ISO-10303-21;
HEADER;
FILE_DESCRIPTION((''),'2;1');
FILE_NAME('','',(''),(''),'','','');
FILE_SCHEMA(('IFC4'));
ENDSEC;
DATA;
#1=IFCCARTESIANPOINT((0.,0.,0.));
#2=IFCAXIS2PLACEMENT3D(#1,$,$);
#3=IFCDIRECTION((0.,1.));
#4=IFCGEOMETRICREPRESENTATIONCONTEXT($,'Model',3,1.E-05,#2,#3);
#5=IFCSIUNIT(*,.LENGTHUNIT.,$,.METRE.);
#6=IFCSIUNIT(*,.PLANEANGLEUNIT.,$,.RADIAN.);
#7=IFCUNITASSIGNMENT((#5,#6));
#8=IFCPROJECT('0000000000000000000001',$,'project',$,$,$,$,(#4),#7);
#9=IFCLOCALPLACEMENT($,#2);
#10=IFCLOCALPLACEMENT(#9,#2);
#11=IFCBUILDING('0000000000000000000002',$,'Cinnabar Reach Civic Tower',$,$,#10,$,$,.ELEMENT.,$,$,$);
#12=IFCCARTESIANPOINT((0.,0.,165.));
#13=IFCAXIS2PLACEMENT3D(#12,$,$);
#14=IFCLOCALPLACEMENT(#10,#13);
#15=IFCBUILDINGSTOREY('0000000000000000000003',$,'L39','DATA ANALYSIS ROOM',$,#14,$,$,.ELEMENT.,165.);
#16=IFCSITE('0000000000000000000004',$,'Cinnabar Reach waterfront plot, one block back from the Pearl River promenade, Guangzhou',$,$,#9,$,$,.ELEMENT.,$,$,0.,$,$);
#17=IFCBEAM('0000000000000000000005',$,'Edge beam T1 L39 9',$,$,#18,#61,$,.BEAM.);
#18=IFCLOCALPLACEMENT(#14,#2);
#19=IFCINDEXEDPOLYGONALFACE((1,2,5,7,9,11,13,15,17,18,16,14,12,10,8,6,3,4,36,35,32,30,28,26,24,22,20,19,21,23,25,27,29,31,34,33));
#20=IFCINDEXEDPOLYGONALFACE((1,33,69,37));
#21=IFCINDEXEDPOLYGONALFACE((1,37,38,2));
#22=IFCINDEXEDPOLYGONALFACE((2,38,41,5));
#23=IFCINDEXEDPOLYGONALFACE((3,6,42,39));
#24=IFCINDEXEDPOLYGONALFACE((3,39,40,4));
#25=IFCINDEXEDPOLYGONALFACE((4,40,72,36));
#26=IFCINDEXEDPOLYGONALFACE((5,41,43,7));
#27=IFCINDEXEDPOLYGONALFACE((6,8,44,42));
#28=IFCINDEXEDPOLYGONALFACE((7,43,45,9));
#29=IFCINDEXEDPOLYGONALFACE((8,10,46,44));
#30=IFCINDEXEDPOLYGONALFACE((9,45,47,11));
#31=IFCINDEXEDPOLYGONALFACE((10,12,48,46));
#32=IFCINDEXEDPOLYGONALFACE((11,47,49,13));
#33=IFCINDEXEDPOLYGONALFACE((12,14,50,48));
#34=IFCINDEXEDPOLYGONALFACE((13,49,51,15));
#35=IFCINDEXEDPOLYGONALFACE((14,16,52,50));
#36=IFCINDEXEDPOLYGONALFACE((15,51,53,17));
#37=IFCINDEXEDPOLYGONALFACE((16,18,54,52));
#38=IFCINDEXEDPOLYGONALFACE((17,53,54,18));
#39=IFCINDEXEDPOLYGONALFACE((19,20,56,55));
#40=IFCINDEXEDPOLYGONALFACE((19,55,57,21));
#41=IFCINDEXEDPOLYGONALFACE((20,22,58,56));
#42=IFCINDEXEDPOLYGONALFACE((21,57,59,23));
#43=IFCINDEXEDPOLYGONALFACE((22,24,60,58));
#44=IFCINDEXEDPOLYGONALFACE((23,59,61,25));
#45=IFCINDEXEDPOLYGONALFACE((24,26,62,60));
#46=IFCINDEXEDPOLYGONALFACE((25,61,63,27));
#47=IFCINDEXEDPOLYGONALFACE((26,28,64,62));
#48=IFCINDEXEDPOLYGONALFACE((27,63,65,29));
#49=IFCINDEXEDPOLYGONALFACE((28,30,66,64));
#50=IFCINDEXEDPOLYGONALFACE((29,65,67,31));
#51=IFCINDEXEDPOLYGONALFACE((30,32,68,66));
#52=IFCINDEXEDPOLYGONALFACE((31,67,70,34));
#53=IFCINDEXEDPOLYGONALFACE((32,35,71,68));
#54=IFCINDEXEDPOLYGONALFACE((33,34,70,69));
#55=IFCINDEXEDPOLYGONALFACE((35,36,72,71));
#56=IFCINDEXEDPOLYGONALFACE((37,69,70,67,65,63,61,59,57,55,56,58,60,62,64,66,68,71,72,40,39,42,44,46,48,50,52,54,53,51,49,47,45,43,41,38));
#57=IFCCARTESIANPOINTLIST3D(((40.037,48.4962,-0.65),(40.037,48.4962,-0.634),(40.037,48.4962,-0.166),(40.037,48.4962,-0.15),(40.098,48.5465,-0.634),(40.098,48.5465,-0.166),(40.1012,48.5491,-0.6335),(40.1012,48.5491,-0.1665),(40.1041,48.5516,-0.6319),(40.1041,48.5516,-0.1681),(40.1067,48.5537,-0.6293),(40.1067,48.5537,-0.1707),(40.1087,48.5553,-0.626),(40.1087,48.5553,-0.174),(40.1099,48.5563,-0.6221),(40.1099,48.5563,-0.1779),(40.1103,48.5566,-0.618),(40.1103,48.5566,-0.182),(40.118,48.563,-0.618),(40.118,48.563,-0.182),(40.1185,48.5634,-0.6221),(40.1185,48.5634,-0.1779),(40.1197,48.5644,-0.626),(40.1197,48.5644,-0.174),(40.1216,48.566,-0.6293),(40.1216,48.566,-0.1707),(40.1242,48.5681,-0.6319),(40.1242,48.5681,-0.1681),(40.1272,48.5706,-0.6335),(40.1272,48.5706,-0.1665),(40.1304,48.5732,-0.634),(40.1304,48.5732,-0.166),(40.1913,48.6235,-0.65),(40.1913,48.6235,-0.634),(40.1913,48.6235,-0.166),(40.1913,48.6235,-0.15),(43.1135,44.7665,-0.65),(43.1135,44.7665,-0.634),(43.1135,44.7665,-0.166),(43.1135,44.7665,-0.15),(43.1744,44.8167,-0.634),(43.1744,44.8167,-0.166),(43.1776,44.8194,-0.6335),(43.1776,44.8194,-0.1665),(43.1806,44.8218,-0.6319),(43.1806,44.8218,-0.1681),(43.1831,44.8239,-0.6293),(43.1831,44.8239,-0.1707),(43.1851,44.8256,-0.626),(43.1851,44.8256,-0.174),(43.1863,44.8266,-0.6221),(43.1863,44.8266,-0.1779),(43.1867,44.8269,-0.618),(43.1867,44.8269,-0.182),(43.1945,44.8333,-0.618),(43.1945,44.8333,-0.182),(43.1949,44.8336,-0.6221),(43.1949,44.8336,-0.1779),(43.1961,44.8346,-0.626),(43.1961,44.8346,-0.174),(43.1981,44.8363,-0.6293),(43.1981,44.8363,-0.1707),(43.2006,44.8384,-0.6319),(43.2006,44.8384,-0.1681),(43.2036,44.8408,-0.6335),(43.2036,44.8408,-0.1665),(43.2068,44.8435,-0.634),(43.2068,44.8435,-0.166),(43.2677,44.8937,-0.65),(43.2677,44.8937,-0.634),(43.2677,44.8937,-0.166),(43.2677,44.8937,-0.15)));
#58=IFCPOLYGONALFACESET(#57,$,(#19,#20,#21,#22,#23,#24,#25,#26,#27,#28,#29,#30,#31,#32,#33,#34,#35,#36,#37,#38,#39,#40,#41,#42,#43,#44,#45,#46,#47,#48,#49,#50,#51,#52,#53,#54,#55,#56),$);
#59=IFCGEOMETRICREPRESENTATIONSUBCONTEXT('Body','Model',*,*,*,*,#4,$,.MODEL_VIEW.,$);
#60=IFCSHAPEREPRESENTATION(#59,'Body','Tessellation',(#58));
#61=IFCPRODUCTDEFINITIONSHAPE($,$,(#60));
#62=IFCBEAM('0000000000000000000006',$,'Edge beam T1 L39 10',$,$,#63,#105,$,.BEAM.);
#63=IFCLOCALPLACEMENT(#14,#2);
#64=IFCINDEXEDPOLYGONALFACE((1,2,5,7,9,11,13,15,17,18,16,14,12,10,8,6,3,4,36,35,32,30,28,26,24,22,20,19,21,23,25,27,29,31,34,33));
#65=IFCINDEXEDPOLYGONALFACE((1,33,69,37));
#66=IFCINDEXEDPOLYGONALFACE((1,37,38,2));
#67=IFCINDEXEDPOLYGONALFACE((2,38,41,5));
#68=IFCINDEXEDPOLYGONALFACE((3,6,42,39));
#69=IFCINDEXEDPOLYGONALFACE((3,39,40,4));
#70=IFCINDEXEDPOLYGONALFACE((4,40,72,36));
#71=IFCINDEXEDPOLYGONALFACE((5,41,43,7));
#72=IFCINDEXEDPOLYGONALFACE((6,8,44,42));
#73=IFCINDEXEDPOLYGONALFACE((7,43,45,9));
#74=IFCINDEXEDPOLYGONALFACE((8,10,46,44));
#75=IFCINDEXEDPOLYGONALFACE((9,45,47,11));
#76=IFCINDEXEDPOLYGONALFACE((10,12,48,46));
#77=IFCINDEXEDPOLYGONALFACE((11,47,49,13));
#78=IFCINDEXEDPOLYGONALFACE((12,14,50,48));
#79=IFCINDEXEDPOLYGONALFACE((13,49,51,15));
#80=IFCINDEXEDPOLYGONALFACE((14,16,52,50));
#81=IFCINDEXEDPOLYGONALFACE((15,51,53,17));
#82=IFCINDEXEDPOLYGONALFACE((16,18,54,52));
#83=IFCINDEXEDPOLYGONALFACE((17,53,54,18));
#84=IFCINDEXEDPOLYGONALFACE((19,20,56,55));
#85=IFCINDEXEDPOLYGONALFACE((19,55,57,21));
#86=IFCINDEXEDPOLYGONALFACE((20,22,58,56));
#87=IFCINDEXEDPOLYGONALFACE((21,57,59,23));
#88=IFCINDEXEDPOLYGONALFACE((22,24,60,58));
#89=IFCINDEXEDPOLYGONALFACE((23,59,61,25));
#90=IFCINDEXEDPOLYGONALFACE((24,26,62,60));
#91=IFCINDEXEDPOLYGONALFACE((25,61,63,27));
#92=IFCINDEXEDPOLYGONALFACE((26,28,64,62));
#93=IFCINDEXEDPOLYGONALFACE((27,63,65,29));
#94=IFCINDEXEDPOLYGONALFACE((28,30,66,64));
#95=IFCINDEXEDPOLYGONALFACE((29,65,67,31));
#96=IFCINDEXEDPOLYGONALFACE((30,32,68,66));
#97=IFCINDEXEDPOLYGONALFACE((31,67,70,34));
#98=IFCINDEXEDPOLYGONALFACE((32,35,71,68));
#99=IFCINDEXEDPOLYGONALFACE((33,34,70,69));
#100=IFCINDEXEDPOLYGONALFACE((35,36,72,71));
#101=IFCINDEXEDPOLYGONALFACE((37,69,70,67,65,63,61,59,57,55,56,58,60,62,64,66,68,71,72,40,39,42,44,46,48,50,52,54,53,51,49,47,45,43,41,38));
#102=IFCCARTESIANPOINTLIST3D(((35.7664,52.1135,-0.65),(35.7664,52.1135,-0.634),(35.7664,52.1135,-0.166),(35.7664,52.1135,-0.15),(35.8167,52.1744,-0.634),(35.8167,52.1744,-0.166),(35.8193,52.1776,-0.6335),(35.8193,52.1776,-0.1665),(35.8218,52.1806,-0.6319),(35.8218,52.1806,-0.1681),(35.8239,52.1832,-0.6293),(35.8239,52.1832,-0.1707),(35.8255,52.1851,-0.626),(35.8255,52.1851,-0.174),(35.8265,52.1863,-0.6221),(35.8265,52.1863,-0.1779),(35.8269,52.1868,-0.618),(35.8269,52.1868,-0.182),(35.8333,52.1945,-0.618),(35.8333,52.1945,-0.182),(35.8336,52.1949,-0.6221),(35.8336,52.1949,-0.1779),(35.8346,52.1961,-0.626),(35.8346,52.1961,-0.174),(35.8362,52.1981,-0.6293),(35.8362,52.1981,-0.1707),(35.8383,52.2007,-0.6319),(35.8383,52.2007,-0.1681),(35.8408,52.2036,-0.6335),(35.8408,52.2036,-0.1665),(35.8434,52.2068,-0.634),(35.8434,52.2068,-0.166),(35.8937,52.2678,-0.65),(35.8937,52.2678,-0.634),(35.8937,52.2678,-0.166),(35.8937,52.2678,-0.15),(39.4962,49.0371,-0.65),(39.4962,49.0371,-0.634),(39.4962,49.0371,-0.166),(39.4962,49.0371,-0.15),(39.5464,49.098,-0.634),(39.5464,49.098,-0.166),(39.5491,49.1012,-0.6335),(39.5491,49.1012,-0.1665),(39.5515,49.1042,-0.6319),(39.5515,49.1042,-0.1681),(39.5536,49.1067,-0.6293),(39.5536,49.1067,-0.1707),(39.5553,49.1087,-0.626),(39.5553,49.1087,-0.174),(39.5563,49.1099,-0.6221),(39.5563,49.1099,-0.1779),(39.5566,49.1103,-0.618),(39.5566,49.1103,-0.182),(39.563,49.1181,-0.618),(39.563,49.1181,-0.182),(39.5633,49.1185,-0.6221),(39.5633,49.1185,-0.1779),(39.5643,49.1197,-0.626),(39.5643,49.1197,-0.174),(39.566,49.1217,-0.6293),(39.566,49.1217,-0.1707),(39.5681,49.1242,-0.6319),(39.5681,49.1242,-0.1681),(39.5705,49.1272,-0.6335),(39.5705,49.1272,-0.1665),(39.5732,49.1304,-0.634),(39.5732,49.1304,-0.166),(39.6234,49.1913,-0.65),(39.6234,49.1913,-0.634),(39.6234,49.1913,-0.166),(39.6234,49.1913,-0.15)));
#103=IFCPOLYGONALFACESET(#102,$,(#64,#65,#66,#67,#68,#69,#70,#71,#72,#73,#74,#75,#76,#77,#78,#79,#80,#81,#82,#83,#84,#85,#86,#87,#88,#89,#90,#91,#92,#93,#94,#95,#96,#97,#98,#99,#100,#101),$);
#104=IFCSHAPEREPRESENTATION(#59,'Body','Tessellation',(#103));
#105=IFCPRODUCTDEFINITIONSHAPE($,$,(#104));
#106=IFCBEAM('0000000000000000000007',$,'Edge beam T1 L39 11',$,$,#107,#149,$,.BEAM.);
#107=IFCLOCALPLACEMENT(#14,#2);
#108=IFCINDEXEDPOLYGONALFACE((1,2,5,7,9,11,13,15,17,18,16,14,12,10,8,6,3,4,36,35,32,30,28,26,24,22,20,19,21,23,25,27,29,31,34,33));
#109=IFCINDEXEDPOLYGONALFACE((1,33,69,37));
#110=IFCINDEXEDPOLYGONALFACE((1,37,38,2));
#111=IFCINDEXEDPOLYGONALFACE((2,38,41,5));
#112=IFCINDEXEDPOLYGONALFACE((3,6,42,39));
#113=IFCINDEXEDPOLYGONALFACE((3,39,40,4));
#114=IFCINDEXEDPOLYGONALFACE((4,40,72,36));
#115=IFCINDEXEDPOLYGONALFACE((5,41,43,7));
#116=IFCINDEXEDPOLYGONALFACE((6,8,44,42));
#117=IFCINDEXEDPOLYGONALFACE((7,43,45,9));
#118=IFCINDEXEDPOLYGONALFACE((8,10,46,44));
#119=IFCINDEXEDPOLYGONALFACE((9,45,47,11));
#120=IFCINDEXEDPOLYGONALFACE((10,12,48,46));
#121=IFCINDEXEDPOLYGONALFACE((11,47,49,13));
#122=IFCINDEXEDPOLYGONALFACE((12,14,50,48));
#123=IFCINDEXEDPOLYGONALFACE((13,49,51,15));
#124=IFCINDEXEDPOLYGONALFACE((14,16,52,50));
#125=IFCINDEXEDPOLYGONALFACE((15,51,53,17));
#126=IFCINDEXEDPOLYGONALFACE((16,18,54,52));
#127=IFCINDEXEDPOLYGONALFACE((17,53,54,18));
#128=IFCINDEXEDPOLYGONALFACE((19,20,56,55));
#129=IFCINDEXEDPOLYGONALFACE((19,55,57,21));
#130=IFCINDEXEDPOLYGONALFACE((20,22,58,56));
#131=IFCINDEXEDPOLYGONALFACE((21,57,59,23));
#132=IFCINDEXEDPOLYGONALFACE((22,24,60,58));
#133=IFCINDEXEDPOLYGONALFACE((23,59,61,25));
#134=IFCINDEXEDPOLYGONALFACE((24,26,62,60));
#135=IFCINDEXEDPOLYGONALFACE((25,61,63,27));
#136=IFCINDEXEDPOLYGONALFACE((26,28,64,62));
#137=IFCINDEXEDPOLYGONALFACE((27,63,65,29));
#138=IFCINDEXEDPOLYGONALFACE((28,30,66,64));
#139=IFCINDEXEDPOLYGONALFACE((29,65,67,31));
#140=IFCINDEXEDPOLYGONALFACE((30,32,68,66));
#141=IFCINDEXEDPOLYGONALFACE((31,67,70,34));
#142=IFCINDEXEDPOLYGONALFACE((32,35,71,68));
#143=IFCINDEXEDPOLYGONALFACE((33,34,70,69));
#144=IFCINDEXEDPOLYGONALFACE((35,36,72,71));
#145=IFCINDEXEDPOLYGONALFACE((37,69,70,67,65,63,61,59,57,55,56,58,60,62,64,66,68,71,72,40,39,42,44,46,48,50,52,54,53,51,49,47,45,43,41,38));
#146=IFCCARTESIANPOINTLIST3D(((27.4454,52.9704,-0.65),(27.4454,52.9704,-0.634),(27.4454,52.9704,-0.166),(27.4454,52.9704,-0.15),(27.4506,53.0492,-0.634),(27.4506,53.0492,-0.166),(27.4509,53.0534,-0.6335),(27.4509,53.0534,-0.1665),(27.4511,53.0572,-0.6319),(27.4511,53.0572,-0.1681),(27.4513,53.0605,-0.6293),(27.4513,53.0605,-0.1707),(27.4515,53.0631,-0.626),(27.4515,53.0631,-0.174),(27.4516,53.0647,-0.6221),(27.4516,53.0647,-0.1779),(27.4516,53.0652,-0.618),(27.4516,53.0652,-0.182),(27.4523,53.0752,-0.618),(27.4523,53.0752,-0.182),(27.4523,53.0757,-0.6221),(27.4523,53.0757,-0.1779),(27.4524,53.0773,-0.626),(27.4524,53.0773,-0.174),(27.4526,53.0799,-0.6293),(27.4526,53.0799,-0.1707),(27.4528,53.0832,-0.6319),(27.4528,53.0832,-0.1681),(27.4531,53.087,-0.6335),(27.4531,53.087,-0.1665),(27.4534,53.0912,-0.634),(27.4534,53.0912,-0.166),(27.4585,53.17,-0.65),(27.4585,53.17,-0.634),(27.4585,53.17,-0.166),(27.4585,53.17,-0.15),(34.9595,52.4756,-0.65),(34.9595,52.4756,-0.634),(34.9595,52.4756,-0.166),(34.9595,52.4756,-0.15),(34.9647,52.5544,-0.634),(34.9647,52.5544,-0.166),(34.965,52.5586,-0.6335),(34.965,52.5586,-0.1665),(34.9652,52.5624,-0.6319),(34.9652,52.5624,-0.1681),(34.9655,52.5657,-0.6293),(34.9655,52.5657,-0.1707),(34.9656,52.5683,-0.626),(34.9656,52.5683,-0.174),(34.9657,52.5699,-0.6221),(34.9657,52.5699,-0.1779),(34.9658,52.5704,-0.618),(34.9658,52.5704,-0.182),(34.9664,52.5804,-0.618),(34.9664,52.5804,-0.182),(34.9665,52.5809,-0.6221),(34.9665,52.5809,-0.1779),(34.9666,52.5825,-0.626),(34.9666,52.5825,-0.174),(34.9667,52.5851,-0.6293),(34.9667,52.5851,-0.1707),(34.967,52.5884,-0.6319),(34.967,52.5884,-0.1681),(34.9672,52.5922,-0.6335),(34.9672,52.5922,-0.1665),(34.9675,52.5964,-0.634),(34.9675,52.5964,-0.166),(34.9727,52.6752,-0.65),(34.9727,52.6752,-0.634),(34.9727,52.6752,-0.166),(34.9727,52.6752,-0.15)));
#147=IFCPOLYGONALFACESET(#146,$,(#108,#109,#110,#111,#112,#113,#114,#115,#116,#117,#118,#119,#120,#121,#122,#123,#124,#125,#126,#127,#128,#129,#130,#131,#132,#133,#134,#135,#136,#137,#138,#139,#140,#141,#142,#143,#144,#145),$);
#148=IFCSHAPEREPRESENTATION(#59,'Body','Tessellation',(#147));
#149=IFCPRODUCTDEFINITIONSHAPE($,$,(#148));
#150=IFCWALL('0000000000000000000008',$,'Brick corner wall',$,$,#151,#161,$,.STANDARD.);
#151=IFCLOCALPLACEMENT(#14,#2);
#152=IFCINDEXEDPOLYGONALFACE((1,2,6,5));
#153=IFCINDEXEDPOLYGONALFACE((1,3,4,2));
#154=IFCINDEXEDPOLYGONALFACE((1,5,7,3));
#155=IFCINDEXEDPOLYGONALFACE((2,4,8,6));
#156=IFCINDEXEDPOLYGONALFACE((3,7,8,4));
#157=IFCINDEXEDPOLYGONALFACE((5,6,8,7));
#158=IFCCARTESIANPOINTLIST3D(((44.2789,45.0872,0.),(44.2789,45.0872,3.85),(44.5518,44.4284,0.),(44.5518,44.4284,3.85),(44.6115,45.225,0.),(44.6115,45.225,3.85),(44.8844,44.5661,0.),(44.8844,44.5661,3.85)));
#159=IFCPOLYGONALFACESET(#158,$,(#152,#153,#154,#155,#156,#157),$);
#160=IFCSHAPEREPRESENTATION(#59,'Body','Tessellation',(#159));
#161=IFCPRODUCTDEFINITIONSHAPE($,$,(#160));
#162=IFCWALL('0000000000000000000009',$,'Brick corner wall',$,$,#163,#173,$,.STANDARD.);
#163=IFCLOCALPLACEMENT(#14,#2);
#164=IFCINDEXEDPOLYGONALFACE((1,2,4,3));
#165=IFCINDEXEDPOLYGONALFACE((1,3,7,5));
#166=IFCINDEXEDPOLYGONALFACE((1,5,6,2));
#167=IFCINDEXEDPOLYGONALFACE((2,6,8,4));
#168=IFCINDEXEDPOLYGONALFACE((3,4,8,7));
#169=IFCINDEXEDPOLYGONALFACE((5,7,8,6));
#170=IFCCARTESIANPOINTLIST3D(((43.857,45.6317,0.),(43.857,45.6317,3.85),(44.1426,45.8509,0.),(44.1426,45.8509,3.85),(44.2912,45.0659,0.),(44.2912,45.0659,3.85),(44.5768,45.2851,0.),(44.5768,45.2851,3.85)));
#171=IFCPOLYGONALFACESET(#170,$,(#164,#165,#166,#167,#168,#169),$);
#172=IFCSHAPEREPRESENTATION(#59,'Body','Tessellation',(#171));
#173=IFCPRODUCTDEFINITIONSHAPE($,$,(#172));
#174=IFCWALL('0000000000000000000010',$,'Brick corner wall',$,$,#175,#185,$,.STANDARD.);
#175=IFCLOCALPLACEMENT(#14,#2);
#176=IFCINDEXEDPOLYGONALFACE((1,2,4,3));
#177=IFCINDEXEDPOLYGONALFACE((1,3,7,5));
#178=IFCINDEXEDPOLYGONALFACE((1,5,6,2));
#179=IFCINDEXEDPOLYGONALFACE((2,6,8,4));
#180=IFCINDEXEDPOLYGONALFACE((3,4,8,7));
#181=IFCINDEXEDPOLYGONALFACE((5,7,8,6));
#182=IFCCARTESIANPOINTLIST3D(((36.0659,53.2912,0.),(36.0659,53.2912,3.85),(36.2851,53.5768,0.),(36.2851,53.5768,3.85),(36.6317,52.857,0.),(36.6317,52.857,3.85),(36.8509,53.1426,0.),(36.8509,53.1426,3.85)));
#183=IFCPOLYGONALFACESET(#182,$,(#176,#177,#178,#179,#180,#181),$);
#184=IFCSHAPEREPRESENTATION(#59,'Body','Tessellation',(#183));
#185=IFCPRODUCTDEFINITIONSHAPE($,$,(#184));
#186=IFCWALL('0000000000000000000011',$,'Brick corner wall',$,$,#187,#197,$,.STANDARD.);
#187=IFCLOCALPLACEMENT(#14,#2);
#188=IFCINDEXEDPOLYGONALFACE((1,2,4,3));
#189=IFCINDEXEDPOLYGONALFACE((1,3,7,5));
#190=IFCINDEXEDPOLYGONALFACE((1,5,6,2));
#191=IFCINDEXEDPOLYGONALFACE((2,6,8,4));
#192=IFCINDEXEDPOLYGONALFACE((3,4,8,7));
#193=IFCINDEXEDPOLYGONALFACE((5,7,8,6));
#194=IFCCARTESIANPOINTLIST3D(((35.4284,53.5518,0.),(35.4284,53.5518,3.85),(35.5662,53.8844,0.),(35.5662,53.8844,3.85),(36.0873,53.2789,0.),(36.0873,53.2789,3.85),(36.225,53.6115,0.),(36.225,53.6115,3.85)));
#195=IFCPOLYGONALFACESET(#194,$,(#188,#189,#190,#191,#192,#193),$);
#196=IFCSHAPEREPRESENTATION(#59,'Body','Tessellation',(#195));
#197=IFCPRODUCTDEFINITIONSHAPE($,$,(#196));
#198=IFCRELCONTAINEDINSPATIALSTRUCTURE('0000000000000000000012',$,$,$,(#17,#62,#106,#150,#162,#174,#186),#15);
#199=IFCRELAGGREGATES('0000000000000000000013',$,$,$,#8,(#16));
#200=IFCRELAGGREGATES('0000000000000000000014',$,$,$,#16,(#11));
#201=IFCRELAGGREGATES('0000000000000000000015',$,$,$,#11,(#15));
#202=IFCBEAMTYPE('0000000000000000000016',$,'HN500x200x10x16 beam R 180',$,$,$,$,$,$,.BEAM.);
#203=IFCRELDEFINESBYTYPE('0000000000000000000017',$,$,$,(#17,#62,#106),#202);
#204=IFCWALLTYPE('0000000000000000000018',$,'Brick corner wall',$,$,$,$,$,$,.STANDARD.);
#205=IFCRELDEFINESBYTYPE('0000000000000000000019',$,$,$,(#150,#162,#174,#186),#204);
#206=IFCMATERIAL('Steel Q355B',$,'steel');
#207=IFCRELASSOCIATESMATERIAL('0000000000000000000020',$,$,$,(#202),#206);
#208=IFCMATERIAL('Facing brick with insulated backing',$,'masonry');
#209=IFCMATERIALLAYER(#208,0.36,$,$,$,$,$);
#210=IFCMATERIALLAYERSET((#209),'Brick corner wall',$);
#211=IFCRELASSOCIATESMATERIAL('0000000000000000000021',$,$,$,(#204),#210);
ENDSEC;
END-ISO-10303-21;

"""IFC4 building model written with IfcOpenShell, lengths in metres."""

from ifc_helpers import new_model, si_unit, direction, frame, frame_2d, origin, origin_2d, place, context, subcontext, project, spatial, rectangle, i_section, extrude, material, layer, layer_set, material_profile, profile_set, type_object, element, save


model = new_model("IFC4")

# Units and contexts
model_context = context("Model", 3, precision=1e-05, world=origin(), true_north=direction((0.0, 1.0)))
body_context = subcontext(model_context, "Body", "Model", "MODEL_VIEW")
ifc_project = project(units=[si_unit("LENGTHUNIT", "METRE"), si_unit("PLANEANGLEUNIT", "RADIAN")], contexts=[model_context])

# Site, building, storey
site_placement = place(None, origin())
site = spatial("IfcSite", under=ifc_project, at=site_placement, Name="Cinnabar Reach waterfront plot, one block back from the Pearl River promenade, Guangzhou", CompositionType="ELEMENT", RefElevation=0.0)
building_placement = place(site_placement, origin())
building = spatial("IfcBuilding", under=site, at=building_placement, Name="Cinnabar Reach Civic Tower", CompositionType="ELEMENT")
storey_placement = place(building_placement, frame((0.0, 0.0, 165.0)))
storey = spatial("IfcBuildingStorey", under=building, at=storey_placement, Name="L39", Description="DATA ANALYSIS ROOM", CompositionType="ELEMENT", Elevation=165.0)

# Beams
ifc_material_1 = material(Name="Steel Q355B", Category="steel")
ifc_material_profile_1 = material_profile(ifc_material_1, i_section(OverallWidth=0.2, OverallDepth=0.5, WebThickness=0.01, FlangeThickness=0.016, FilletRadius=0.016, at=origin_2d()), Name="HN500x200x10x16")
ifc_profile_set_1 = profile_set([ifc_material_profile_1], Name="Steel Q355B")
beam_type_1 = type_object("IfcBeamType", Name="HN500x200x10x16 beam R 180", PredefinedType="BEAM", material=ifc_profile_set_1)
for number, where, z_axis, x_axis, name in (
    (1, (43.1906, 44.8301, -0.4), (-0.636309, 0.771434, 0.0), (-0.771434, -0.636309, 0.0), "Edge beam T1 L39 9"),
    (2, (39.5598, 49.1142, -0.4), (-0.771434, 0.636309, 0.0), (-0.636309, -0.771434, 0.0), "Edge beam T1 L39 10"),
):
    element("IfcBeam", number, at=place(storey_placement, frame(where, z_axis=z_axis, x_axis=x_axis)), inside=storey, type_object=beam_type_1, Name=name, PredefinedType="BEAM", context=body_context, shape_type="SweptSolid", body=[
        extrude(i_section(OverallWidth=0.2, OverallDepth=0.5, WebThickness=0.01, FlangeThickness=0.016, FilletRadius=0.016, at=origin_2d()), origin(), (0.0, 0.0, 1.0), 4.8348),
    ])
beam_1_placement = place(storey_placement, frame((34.9661, 52.5754, -0.4), z_axis=(-0.997839, 0.065707, 0.0), x_axis=(-0.065707, -0.997839, 0.0)))
element("IfcBeam", 3, at=beam_1_placement, inside=storey, type_object=beam_type_1, Name="Edge beam T1 L39 11", PredefinedType="BEAM", context=body_context, shape_type="SweptSolid", body=[
    extrude(i_section(OverallWidth=0.2, OverallDepth=0.5, WebThickness=0.01, FlangeThickness=0.016, FilletRadius=0.016, at=origin_2d()), origin(), (0.0, 0.0, 1.0), 7.5304),
])

# Walls
ifc_material_2 = material(Name="Facing brick with insulated backing", Category="masonry")
ifc_layer_1 = layer(ifc_material_2, 0.36)
ifc_layer_set_1 = layer_set([ifc_layer_1], Name="Brick corner wall")
wall_type_1 = type_object("IfcWallType", Name="Brick corner wall", PredefinedType="STANDARD", material=ifc_layer_set_1)
wall_1_placement = place(storey_placement, frame((44.7181, 44.4973, 0.0), z_axis=(0.0, 0.0, 1.0), x_axis=(-0.382703, 0.923872, 0.0)))
element("IfcWall", 4, at=wall_1_placement, inside=storey, type_object=wall_type_1, Name="Brick corner wall", PredefinedType="STANDARD", context=body_context, shape_type="SweptSolid", body=[
    extrude(rectangle(XDim=0.7131, YDim=0.36, at=frame_2d((0.3565, 0.0))), origin(), (0.0, 0.0, 1.0), 3.85),
])
for number, where, z_axis, x_axis, name in (
    (5, (44.434, 45.1755, 0.0), (0.0, 0.0, 1.0), (-0.608802, 0.793322, 0.0), "Brick corner wall"),
    (6, (36.7413, 52.9998, 0.0), (0.0, 0.0, 1.0), (-0.793322, 0.608802, 0.0), "Brick corner wall"),
):
    element("IfcWall", number, at=place(storey_placement, frame(where, z_axis=z_axis, x_axis=x_axis)), inside=storey, type_object=wall_type_1, Name=name, PredefinedType="STANDARD", context=body_context, shape_type="SweptSolid", body=[
        extrude(rectangle(XDim=0.7132, YDim=0.36, at=frame_2d((0.3566, 0.0))), origin(), (0.0, 0.0, 1.0), 3.85),
    ])
for number, where, z_axis, x_axis, name in (
    (7, (36.1561, 53.4452, 0.0), (0.0, 0.0, 1.0), (-0.923872, 0.382703, 0.0), "Brick corner wall"),
):
    element("IfcWall", number, at=place(storey_placement, frame(where, z_axis=z_axis, x_axis=x_axis)), inside=storey, type_object=wall_type_1, Name=name, PredefinedType="STANDARD", context=body_context, shape_type="SweptSolid", body=[
        extrude(rectangle(XDim=0.7131, YDim=0.36, at=frame_2d((0.3565, 0.0))), origin(), (0.0, 0.0, 1.0), 3.85),
    ])

save(model, "model.ifc")
